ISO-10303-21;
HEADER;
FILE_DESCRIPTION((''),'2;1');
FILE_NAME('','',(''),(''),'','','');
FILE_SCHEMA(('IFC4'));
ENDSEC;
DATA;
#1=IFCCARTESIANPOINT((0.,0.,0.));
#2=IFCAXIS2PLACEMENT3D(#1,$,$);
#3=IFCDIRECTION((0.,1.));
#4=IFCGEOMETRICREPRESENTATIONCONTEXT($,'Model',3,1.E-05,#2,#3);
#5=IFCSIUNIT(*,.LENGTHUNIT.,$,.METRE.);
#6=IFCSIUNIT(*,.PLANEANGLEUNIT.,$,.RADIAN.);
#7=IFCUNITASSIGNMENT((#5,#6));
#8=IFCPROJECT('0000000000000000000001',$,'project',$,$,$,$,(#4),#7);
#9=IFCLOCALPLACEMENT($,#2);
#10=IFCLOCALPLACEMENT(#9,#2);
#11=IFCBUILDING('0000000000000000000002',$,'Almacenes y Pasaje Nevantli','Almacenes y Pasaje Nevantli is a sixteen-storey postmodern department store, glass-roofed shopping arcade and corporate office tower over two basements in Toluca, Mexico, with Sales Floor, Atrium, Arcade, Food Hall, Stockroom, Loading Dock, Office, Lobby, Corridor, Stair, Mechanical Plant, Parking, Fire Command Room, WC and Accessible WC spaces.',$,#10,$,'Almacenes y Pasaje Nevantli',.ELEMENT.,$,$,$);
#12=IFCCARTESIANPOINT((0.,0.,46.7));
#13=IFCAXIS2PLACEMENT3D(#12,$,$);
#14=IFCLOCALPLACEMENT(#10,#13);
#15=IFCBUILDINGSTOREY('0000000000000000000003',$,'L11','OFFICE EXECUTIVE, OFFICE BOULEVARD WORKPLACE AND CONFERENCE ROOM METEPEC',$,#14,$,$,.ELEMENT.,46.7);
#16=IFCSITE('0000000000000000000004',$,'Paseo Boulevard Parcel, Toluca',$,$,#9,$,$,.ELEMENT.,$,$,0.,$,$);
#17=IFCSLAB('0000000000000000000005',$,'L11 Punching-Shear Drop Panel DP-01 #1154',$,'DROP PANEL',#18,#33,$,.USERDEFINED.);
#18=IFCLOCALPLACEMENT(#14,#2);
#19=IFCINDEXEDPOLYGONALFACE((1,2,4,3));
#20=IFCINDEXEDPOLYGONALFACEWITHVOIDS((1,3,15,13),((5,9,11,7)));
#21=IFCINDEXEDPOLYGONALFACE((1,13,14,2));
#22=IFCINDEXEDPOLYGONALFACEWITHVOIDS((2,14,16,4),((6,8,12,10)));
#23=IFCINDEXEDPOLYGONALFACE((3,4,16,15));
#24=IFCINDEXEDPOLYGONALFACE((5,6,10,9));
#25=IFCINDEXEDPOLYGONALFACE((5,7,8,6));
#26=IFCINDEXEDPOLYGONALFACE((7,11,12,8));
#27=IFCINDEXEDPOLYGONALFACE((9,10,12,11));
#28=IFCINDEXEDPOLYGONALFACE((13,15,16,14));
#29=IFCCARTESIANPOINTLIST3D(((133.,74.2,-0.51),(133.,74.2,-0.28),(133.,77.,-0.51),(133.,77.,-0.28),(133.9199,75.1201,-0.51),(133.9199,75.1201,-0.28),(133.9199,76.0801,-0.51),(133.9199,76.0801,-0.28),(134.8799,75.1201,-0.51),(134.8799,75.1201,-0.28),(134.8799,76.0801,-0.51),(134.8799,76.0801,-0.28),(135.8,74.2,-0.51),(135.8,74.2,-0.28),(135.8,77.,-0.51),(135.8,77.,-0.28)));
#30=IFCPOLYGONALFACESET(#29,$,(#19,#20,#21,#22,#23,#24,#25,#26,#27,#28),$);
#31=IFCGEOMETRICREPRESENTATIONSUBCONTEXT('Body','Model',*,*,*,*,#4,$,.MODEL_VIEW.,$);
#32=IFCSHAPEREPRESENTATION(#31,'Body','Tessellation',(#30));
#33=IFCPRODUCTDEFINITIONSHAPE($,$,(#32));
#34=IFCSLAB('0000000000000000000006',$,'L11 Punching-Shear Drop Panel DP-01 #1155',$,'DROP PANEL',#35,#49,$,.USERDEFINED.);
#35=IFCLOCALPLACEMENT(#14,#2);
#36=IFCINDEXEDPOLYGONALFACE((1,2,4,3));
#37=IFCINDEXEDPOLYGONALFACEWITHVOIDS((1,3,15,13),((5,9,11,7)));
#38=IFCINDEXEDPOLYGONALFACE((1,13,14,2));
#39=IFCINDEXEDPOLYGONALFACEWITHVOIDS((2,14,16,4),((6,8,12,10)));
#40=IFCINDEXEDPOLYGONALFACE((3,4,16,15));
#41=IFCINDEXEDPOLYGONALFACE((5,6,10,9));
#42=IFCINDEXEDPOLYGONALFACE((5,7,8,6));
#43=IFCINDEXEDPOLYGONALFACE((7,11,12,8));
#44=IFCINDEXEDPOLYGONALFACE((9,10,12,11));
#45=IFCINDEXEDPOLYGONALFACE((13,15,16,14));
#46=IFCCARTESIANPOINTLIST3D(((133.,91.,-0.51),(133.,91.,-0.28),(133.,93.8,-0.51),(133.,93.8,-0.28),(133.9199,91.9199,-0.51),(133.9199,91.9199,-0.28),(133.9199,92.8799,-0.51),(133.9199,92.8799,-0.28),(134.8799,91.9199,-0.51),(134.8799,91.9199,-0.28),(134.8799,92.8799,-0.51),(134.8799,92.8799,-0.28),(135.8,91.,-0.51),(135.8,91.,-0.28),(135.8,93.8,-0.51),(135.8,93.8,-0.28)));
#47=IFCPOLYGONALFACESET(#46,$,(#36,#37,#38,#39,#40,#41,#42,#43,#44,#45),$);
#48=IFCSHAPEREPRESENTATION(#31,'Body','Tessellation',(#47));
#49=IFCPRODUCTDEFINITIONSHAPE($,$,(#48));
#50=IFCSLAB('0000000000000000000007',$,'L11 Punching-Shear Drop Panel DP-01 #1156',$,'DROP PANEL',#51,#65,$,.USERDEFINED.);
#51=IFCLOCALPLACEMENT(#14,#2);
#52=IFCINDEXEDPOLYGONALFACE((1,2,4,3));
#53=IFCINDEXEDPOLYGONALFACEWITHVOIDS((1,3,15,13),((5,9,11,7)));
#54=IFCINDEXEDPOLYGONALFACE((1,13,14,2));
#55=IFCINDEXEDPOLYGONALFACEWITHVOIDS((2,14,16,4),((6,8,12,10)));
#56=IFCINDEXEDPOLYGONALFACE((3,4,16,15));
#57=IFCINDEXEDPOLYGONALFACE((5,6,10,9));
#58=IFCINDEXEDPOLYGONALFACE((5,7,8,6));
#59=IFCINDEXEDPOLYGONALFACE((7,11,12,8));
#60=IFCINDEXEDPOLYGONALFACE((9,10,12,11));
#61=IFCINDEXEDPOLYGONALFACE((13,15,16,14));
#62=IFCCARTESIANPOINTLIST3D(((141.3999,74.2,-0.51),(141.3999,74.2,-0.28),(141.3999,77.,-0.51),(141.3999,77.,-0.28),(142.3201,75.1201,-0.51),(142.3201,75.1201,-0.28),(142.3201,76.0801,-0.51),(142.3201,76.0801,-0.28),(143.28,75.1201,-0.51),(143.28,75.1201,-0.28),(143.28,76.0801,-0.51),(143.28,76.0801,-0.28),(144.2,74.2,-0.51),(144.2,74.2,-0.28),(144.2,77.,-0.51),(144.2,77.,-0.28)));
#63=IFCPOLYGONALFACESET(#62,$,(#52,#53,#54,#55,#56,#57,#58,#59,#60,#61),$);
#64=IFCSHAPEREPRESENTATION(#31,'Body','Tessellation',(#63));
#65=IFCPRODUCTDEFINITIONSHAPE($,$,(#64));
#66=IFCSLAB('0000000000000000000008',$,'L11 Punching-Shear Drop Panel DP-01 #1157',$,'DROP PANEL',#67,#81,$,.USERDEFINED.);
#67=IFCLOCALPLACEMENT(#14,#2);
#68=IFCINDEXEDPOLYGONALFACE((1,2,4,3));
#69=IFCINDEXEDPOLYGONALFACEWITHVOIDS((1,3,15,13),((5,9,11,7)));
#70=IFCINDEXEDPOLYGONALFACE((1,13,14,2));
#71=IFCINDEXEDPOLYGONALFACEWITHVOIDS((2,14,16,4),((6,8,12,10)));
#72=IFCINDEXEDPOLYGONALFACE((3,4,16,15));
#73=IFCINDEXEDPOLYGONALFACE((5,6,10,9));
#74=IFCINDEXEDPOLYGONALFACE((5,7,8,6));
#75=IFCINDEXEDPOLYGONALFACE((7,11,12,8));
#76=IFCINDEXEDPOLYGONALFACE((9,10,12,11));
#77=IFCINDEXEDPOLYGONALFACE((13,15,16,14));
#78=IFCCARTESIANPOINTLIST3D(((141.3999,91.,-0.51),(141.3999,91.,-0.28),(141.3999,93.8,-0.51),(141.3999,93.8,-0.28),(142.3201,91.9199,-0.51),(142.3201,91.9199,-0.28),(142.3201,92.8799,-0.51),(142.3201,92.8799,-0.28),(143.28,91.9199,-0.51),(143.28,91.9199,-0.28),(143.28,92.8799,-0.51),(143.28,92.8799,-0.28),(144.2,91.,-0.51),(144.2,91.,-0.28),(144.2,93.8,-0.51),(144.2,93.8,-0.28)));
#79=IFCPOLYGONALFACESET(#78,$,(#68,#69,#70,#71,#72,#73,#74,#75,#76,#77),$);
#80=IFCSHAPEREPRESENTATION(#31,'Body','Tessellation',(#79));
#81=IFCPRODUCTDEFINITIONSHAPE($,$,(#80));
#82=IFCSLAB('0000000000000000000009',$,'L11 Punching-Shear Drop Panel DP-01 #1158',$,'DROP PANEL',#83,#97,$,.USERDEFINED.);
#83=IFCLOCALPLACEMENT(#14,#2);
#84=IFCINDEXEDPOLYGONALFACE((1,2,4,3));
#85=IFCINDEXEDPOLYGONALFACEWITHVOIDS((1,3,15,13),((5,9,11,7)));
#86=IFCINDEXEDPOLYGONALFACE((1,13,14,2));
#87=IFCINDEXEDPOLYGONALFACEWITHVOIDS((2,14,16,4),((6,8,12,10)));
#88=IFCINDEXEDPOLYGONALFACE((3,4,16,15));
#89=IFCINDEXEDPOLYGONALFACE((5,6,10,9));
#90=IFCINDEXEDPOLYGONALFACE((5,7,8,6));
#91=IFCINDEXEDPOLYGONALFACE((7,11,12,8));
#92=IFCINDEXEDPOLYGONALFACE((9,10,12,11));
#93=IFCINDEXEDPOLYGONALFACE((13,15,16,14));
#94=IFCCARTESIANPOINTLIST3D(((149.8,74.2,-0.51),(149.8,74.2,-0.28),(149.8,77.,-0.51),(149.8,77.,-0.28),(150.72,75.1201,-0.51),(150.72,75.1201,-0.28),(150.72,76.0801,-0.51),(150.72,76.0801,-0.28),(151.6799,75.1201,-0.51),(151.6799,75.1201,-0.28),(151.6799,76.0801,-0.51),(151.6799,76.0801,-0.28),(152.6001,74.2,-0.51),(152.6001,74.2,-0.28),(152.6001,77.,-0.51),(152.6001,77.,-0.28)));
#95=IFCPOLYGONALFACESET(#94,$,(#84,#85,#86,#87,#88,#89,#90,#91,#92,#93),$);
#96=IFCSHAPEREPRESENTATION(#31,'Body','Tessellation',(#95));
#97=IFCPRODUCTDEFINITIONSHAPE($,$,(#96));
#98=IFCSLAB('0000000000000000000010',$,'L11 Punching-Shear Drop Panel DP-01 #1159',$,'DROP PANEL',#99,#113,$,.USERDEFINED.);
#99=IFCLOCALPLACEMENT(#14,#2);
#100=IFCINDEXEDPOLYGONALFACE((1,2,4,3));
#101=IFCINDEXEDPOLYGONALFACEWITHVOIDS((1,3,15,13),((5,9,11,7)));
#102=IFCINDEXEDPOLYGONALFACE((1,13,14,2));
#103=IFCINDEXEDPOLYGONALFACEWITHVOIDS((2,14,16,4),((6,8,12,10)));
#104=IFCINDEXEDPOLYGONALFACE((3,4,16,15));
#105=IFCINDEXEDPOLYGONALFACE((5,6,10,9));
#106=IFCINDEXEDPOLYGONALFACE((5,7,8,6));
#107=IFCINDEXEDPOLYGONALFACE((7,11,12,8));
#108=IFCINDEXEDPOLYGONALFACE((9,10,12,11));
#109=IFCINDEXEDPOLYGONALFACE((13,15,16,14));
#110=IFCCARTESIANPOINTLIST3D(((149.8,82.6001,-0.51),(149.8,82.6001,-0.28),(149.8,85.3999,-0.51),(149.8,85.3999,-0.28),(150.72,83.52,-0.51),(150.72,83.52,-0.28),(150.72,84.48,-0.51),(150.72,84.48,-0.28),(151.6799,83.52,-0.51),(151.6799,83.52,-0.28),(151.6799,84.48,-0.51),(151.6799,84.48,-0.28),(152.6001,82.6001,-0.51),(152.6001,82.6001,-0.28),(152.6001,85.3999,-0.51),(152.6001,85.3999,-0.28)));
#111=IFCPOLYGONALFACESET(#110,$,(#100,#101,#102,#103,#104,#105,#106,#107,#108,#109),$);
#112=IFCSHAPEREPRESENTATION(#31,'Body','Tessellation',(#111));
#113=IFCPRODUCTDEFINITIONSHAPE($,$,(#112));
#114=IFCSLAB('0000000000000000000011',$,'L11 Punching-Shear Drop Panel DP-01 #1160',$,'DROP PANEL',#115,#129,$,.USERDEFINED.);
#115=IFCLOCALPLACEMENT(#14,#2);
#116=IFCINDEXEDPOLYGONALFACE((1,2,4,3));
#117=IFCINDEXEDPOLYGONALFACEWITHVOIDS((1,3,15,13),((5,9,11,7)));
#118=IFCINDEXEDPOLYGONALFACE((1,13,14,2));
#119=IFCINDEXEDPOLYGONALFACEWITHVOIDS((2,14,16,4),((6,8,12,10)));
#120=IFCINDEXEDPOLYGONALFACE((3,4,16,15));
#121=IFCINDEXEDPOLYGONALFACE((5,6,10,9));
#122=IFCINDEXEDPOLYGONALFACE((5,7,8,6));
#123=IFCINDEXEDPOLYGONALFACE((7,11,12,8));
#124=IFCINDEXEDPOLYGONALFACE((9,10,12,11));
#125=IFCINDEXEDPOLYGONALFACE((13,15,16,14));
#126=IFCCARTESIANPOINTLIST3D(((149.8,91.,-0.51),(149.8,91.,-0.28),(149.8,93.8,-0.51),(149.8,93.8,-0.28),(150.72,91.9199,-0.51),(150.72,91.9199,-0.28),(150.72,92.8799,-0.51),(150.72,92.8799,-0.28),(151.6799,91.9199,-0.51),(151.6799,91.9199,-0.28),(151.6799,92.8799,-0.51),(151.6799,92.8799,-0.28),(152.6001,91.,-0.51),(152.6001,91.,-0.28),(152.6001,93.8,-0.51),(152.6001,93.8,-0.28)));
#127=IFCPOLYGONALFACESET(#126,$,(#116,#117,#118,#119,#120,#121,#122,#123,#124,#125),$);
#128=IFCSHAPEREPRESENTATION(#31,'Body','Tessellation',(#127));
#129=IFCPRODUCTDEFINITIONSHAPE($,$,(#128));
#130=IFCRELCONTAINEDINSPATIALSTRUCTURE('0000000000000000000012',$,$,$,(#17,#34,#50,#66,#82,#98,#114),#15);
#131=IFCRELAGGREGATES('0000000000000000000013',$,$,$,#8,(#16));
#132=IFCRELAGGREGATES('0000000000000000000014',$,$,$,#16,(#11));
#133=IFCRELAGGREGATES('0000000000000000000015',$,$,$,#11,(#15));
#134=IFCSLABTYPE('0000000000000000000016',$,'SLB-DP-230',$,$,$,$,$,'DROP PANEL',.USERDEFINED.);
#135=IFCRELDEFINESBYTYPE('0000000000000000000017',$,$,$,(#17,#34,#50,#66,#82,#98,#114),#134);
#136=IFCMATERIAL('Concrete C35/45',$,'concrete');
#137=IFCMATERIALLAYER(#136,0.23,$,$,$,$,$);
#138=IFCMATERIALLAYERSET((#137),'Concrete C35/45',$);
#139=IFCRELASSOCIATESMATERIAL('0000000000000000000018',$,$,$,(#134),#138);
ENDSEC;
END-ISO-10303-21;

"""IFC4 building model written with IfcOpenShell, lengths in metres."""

from ifc_helpers import new_model, si_unit, direction, frame, origin, place, context, subcontext, project, spatial, polyline, outline, extrude, material, layer, layer_set, type_object, element, save


model = new_model("IFC4")

# Units and contexts
model_context = context("Model", 3, precision=1e-05, world=origin(), true_north=direction((0.0, 1.0)))
body_context = subcontext(model_context, "Body", "Model", "MODEL_VIEW")
ifc_project = project(units=[si_unit("LENGTHUNIT", "METRE"), si_unit("PLANEANGLEUNIT", "RADIAN")], contexts=[model_context])

# Site, building, storey
site_placement = place(None, origin())
site = spatial("IfcSite", under=ifc_project, at=site_placement, Name="Paseo Boulevard Parcel, Toluca", CompositionType="ELEMENT", RefElevation=0.0)
building_placement = place(site_placement, origin())
building = spatial("IfcBuilding", under=site, at=building_placement, Name="Almacenes y Pasaje Nevantli", Description="Almacenes y Pasaje Nevantli is a sixteen-storey postmodern department store, glass-roofed shopping arcade and corporate office tower over two basements in Toluca, Mexico, with Sales Floor, Atrium, Arcade, Food Hall, Stockroom, Loading Dock, Office, Lobby, Corridor, Stair, Mechanical Plant, Parking, Fire Command Room, WC and Accessible WC spaces.", LongName="Almacenes y Pasaje Nevantli", CompositionType="ELEMENT")
storey_placement = place(building_placement, frame((0.0, 0.0, 46.7)))
storey = spatial("IfcBuildingStorey", under=building, at=storey_placement, Name="L11", Description="OFFICE EXECUTIVE, OFFICE BOULEVARD WORKPLACE AND CONFERENCE ROOM METEPEC", CompositionType="ELEMENT", Elevation=46.7)

# Slabs
ifc_material_1 = material(Name="Concrete C35/45", Category="concrete")
ifc_layer_1 = layer(ifc_material_1, 0.23)
ifc_layer_set_1 = layer_set([ifc_layer_1], Name="Concrete C35/45")
slab_type_1 = type_object("IfcSlabType", Name="SLB-DP-230", ElementType="DROP PANEL", PredefinedType="USERDEFINED", material=ifc_layer_set_1)
slab_1_placement = place(storey_placement, frame((0.0, 0.0, -0.51)))
element("IfcSlab", 1, at=slab_1_placement, inside=storey, type_object=slab_type_1, Name="L11 Punching-Shear Drop Panel DP-01 #1154", ObjectType="DROP PANEL", PredefinedType="USERDEFINED", context=body_context, shape_type="SweptSolid", body=[
    extrude(outline(polyline([(133.0, 74.2), (135.8, 74.2), (135.8, 77.0), (133.0, 77.0), (133.0, 74.2)]), holes=[polyline([(133.9199, 75.1201), (134.8799, 75.1201), (134.8799, 76.0801), (133.9199, 76.0801), (133.9199, 75.1201)])]), origin(), (0.0, 0.0, 1.0), 0.23),
])
slab_2_placement = place(storey_placement, frame((0.0, 0.0, -0.51)))
element("IfcSlab", 2, at=slab_2_placement, inside=storey, type_object=slab_type_1, Name="L11 Punching-Shear Drop Panel DP-01 #1155", ObjectType="DROP PANEL", PredefinedType="USERDEFINED", context=body_context, shape_type="SweptSolid", body=[
    extrude(outline(polyline([(133.0, 91.0), (135.8, 91.0), (135.8, 93.8), (133.0, 93.8), (133.0, 91.0)]), holes=[polyline([(133.9199, 91.9199), (134.8799, 91.9199), (134.8799, 92.8799), (133.9199, 92.8799), (133.9199, 91.9199)])]), origin(), (0.0, 0.0, 1.0), 0.23),
])
slab_3_placement = place(storey_placement, frame((0.0, 0.0, -0.51)))
element("IfcSlab", 3, at=slab_3_placement, inside=storey, type_object=slab_type_1, Name="L11 Punching-Shear Drop Panel DP-01 #1156", ObjectType="DROP PANEL", PredefinedType="USERDEFINED", context=body_context, shape_type="SweptSolid", body=[
    extrude(outline(polyline([(141.3999, 74.2), (144.2, 74.2), (144.2, 77.0), (141.3999, 77.0), (141.3999, 74.2)]), holes=[polyline([(142.3201, 75.1201), (143.28, 75.1201), (143.28, 76.0801), (142.3201, 76.0801), (142.3201, 75.1201)])]), origin(), (0.0, 0.0, 1.0), 0.23),
])
slab_4_placement = place(storey_placement, frame((0.0, 0.0, -0.51)))
element("IfcSlab", 4, at=slab_4_placement, inside=storey, type_object=slab_type_1, Name="L11 Punching-Shear Drop Panel DP-01 #1157", ObjectType="DROP PANEL", PredefinedType="USERDEFINED", context=body_context, shape_type="SweptSolid", body=[
    extrude(outline(polyline([(141.3999, 91.0), (144.2, 91.0), (144.2, 93.8), (141.3999, 93.8), (141.3999, 91.0)]), holes=[polyline([(142.3201, 91.9199), (143.28, 91.9199), (143.28, 92.8799), (142.3201, 92.8799), (142.3201, 91.9199)])]), origin(), (0.0, 0.0, 1.0), 0.23),
])
slab_5_placement = place(storey_placement, frame((0.0, 0.0, -0.51)))
element("IfcSlab", 5, at=slab_5_placement, inside=storey, type_object=slab_type_1, Name="L11 Punching-Shear Drop Panel DP-01 #1158", ObjectType="DROP PANEL", PredefinedType="USERDEFINED", context=body_context, shape_type="SweptSolid", body=[
    extrude(outline(polyline([(149.8, 74.2), (152.6001, 74.2), (152.6001, 77.0), (149.8, 77.0), (149.8, 74.2)]), holes=[polyline([(150.72, 75.1201), (151.6799, 75.1201), (151.6799, 76.0801), (150.72, 76.0801), (150.72, 75.1201)])]), origin(), (0.0, 0.0, 1.0), 0.23),
])
slab_6_placement = place(storey_placement, frame((0.0, 0.0, -0.51)))
element("IfcSlab", 6, at=slab_6_placement, inside=storey, type_object=slab_type_1, Name="L11 Punching-Shear Drop Panel DP-01 #1159", ObjectType="DROP PANEL", PredefinedType="USERDEFINED", context=body_context, shape_type="SweptSolid", body=[
    extrude(outline(polyline([(149.8, 82.6001), (152.6001, 82.6001), (152.6001, 85.3999), (149.8, 85.3999), (149.8, 82.6001)]), holes=[polyline([(150.72, 83.52), (151.6799, 83.52), (151.6799, 84.48), (150.72, 84.48), (150.72, 83.52)])]), origin(), (0.0, 0.0, 1.0), 0.23),
])
slab_7_placement = place(storey_placement, frame((0.0, 0.0, -0.51)))
element("IfcSlab", 7, at=slab_7_placement, inside=storey, type_object=slab_type_1, Name="L11 Punching-Shear Drop Panel DP-01 #1160", ObjectType="DROP PANEL", PredefinedType="USERDEFINED", context=body_context, shape_type="SweptSolid", body=[
    extrude(outline(polyline([(149.8, 91.0), (152.6001, 91.0), (152.6001, 93.8), (149.8, 93.8), (149.8, 91.0)]), holes=[polyline([(150.72, 91.9199), (151.6799, 91.9199), (151.6799, 92.8799), (150.72, 92.8799), (150.72, 91.9199)])]), origin(), (0.0, 0.0, 1.0), 0.23),
])

save(model, "model.ifc")
